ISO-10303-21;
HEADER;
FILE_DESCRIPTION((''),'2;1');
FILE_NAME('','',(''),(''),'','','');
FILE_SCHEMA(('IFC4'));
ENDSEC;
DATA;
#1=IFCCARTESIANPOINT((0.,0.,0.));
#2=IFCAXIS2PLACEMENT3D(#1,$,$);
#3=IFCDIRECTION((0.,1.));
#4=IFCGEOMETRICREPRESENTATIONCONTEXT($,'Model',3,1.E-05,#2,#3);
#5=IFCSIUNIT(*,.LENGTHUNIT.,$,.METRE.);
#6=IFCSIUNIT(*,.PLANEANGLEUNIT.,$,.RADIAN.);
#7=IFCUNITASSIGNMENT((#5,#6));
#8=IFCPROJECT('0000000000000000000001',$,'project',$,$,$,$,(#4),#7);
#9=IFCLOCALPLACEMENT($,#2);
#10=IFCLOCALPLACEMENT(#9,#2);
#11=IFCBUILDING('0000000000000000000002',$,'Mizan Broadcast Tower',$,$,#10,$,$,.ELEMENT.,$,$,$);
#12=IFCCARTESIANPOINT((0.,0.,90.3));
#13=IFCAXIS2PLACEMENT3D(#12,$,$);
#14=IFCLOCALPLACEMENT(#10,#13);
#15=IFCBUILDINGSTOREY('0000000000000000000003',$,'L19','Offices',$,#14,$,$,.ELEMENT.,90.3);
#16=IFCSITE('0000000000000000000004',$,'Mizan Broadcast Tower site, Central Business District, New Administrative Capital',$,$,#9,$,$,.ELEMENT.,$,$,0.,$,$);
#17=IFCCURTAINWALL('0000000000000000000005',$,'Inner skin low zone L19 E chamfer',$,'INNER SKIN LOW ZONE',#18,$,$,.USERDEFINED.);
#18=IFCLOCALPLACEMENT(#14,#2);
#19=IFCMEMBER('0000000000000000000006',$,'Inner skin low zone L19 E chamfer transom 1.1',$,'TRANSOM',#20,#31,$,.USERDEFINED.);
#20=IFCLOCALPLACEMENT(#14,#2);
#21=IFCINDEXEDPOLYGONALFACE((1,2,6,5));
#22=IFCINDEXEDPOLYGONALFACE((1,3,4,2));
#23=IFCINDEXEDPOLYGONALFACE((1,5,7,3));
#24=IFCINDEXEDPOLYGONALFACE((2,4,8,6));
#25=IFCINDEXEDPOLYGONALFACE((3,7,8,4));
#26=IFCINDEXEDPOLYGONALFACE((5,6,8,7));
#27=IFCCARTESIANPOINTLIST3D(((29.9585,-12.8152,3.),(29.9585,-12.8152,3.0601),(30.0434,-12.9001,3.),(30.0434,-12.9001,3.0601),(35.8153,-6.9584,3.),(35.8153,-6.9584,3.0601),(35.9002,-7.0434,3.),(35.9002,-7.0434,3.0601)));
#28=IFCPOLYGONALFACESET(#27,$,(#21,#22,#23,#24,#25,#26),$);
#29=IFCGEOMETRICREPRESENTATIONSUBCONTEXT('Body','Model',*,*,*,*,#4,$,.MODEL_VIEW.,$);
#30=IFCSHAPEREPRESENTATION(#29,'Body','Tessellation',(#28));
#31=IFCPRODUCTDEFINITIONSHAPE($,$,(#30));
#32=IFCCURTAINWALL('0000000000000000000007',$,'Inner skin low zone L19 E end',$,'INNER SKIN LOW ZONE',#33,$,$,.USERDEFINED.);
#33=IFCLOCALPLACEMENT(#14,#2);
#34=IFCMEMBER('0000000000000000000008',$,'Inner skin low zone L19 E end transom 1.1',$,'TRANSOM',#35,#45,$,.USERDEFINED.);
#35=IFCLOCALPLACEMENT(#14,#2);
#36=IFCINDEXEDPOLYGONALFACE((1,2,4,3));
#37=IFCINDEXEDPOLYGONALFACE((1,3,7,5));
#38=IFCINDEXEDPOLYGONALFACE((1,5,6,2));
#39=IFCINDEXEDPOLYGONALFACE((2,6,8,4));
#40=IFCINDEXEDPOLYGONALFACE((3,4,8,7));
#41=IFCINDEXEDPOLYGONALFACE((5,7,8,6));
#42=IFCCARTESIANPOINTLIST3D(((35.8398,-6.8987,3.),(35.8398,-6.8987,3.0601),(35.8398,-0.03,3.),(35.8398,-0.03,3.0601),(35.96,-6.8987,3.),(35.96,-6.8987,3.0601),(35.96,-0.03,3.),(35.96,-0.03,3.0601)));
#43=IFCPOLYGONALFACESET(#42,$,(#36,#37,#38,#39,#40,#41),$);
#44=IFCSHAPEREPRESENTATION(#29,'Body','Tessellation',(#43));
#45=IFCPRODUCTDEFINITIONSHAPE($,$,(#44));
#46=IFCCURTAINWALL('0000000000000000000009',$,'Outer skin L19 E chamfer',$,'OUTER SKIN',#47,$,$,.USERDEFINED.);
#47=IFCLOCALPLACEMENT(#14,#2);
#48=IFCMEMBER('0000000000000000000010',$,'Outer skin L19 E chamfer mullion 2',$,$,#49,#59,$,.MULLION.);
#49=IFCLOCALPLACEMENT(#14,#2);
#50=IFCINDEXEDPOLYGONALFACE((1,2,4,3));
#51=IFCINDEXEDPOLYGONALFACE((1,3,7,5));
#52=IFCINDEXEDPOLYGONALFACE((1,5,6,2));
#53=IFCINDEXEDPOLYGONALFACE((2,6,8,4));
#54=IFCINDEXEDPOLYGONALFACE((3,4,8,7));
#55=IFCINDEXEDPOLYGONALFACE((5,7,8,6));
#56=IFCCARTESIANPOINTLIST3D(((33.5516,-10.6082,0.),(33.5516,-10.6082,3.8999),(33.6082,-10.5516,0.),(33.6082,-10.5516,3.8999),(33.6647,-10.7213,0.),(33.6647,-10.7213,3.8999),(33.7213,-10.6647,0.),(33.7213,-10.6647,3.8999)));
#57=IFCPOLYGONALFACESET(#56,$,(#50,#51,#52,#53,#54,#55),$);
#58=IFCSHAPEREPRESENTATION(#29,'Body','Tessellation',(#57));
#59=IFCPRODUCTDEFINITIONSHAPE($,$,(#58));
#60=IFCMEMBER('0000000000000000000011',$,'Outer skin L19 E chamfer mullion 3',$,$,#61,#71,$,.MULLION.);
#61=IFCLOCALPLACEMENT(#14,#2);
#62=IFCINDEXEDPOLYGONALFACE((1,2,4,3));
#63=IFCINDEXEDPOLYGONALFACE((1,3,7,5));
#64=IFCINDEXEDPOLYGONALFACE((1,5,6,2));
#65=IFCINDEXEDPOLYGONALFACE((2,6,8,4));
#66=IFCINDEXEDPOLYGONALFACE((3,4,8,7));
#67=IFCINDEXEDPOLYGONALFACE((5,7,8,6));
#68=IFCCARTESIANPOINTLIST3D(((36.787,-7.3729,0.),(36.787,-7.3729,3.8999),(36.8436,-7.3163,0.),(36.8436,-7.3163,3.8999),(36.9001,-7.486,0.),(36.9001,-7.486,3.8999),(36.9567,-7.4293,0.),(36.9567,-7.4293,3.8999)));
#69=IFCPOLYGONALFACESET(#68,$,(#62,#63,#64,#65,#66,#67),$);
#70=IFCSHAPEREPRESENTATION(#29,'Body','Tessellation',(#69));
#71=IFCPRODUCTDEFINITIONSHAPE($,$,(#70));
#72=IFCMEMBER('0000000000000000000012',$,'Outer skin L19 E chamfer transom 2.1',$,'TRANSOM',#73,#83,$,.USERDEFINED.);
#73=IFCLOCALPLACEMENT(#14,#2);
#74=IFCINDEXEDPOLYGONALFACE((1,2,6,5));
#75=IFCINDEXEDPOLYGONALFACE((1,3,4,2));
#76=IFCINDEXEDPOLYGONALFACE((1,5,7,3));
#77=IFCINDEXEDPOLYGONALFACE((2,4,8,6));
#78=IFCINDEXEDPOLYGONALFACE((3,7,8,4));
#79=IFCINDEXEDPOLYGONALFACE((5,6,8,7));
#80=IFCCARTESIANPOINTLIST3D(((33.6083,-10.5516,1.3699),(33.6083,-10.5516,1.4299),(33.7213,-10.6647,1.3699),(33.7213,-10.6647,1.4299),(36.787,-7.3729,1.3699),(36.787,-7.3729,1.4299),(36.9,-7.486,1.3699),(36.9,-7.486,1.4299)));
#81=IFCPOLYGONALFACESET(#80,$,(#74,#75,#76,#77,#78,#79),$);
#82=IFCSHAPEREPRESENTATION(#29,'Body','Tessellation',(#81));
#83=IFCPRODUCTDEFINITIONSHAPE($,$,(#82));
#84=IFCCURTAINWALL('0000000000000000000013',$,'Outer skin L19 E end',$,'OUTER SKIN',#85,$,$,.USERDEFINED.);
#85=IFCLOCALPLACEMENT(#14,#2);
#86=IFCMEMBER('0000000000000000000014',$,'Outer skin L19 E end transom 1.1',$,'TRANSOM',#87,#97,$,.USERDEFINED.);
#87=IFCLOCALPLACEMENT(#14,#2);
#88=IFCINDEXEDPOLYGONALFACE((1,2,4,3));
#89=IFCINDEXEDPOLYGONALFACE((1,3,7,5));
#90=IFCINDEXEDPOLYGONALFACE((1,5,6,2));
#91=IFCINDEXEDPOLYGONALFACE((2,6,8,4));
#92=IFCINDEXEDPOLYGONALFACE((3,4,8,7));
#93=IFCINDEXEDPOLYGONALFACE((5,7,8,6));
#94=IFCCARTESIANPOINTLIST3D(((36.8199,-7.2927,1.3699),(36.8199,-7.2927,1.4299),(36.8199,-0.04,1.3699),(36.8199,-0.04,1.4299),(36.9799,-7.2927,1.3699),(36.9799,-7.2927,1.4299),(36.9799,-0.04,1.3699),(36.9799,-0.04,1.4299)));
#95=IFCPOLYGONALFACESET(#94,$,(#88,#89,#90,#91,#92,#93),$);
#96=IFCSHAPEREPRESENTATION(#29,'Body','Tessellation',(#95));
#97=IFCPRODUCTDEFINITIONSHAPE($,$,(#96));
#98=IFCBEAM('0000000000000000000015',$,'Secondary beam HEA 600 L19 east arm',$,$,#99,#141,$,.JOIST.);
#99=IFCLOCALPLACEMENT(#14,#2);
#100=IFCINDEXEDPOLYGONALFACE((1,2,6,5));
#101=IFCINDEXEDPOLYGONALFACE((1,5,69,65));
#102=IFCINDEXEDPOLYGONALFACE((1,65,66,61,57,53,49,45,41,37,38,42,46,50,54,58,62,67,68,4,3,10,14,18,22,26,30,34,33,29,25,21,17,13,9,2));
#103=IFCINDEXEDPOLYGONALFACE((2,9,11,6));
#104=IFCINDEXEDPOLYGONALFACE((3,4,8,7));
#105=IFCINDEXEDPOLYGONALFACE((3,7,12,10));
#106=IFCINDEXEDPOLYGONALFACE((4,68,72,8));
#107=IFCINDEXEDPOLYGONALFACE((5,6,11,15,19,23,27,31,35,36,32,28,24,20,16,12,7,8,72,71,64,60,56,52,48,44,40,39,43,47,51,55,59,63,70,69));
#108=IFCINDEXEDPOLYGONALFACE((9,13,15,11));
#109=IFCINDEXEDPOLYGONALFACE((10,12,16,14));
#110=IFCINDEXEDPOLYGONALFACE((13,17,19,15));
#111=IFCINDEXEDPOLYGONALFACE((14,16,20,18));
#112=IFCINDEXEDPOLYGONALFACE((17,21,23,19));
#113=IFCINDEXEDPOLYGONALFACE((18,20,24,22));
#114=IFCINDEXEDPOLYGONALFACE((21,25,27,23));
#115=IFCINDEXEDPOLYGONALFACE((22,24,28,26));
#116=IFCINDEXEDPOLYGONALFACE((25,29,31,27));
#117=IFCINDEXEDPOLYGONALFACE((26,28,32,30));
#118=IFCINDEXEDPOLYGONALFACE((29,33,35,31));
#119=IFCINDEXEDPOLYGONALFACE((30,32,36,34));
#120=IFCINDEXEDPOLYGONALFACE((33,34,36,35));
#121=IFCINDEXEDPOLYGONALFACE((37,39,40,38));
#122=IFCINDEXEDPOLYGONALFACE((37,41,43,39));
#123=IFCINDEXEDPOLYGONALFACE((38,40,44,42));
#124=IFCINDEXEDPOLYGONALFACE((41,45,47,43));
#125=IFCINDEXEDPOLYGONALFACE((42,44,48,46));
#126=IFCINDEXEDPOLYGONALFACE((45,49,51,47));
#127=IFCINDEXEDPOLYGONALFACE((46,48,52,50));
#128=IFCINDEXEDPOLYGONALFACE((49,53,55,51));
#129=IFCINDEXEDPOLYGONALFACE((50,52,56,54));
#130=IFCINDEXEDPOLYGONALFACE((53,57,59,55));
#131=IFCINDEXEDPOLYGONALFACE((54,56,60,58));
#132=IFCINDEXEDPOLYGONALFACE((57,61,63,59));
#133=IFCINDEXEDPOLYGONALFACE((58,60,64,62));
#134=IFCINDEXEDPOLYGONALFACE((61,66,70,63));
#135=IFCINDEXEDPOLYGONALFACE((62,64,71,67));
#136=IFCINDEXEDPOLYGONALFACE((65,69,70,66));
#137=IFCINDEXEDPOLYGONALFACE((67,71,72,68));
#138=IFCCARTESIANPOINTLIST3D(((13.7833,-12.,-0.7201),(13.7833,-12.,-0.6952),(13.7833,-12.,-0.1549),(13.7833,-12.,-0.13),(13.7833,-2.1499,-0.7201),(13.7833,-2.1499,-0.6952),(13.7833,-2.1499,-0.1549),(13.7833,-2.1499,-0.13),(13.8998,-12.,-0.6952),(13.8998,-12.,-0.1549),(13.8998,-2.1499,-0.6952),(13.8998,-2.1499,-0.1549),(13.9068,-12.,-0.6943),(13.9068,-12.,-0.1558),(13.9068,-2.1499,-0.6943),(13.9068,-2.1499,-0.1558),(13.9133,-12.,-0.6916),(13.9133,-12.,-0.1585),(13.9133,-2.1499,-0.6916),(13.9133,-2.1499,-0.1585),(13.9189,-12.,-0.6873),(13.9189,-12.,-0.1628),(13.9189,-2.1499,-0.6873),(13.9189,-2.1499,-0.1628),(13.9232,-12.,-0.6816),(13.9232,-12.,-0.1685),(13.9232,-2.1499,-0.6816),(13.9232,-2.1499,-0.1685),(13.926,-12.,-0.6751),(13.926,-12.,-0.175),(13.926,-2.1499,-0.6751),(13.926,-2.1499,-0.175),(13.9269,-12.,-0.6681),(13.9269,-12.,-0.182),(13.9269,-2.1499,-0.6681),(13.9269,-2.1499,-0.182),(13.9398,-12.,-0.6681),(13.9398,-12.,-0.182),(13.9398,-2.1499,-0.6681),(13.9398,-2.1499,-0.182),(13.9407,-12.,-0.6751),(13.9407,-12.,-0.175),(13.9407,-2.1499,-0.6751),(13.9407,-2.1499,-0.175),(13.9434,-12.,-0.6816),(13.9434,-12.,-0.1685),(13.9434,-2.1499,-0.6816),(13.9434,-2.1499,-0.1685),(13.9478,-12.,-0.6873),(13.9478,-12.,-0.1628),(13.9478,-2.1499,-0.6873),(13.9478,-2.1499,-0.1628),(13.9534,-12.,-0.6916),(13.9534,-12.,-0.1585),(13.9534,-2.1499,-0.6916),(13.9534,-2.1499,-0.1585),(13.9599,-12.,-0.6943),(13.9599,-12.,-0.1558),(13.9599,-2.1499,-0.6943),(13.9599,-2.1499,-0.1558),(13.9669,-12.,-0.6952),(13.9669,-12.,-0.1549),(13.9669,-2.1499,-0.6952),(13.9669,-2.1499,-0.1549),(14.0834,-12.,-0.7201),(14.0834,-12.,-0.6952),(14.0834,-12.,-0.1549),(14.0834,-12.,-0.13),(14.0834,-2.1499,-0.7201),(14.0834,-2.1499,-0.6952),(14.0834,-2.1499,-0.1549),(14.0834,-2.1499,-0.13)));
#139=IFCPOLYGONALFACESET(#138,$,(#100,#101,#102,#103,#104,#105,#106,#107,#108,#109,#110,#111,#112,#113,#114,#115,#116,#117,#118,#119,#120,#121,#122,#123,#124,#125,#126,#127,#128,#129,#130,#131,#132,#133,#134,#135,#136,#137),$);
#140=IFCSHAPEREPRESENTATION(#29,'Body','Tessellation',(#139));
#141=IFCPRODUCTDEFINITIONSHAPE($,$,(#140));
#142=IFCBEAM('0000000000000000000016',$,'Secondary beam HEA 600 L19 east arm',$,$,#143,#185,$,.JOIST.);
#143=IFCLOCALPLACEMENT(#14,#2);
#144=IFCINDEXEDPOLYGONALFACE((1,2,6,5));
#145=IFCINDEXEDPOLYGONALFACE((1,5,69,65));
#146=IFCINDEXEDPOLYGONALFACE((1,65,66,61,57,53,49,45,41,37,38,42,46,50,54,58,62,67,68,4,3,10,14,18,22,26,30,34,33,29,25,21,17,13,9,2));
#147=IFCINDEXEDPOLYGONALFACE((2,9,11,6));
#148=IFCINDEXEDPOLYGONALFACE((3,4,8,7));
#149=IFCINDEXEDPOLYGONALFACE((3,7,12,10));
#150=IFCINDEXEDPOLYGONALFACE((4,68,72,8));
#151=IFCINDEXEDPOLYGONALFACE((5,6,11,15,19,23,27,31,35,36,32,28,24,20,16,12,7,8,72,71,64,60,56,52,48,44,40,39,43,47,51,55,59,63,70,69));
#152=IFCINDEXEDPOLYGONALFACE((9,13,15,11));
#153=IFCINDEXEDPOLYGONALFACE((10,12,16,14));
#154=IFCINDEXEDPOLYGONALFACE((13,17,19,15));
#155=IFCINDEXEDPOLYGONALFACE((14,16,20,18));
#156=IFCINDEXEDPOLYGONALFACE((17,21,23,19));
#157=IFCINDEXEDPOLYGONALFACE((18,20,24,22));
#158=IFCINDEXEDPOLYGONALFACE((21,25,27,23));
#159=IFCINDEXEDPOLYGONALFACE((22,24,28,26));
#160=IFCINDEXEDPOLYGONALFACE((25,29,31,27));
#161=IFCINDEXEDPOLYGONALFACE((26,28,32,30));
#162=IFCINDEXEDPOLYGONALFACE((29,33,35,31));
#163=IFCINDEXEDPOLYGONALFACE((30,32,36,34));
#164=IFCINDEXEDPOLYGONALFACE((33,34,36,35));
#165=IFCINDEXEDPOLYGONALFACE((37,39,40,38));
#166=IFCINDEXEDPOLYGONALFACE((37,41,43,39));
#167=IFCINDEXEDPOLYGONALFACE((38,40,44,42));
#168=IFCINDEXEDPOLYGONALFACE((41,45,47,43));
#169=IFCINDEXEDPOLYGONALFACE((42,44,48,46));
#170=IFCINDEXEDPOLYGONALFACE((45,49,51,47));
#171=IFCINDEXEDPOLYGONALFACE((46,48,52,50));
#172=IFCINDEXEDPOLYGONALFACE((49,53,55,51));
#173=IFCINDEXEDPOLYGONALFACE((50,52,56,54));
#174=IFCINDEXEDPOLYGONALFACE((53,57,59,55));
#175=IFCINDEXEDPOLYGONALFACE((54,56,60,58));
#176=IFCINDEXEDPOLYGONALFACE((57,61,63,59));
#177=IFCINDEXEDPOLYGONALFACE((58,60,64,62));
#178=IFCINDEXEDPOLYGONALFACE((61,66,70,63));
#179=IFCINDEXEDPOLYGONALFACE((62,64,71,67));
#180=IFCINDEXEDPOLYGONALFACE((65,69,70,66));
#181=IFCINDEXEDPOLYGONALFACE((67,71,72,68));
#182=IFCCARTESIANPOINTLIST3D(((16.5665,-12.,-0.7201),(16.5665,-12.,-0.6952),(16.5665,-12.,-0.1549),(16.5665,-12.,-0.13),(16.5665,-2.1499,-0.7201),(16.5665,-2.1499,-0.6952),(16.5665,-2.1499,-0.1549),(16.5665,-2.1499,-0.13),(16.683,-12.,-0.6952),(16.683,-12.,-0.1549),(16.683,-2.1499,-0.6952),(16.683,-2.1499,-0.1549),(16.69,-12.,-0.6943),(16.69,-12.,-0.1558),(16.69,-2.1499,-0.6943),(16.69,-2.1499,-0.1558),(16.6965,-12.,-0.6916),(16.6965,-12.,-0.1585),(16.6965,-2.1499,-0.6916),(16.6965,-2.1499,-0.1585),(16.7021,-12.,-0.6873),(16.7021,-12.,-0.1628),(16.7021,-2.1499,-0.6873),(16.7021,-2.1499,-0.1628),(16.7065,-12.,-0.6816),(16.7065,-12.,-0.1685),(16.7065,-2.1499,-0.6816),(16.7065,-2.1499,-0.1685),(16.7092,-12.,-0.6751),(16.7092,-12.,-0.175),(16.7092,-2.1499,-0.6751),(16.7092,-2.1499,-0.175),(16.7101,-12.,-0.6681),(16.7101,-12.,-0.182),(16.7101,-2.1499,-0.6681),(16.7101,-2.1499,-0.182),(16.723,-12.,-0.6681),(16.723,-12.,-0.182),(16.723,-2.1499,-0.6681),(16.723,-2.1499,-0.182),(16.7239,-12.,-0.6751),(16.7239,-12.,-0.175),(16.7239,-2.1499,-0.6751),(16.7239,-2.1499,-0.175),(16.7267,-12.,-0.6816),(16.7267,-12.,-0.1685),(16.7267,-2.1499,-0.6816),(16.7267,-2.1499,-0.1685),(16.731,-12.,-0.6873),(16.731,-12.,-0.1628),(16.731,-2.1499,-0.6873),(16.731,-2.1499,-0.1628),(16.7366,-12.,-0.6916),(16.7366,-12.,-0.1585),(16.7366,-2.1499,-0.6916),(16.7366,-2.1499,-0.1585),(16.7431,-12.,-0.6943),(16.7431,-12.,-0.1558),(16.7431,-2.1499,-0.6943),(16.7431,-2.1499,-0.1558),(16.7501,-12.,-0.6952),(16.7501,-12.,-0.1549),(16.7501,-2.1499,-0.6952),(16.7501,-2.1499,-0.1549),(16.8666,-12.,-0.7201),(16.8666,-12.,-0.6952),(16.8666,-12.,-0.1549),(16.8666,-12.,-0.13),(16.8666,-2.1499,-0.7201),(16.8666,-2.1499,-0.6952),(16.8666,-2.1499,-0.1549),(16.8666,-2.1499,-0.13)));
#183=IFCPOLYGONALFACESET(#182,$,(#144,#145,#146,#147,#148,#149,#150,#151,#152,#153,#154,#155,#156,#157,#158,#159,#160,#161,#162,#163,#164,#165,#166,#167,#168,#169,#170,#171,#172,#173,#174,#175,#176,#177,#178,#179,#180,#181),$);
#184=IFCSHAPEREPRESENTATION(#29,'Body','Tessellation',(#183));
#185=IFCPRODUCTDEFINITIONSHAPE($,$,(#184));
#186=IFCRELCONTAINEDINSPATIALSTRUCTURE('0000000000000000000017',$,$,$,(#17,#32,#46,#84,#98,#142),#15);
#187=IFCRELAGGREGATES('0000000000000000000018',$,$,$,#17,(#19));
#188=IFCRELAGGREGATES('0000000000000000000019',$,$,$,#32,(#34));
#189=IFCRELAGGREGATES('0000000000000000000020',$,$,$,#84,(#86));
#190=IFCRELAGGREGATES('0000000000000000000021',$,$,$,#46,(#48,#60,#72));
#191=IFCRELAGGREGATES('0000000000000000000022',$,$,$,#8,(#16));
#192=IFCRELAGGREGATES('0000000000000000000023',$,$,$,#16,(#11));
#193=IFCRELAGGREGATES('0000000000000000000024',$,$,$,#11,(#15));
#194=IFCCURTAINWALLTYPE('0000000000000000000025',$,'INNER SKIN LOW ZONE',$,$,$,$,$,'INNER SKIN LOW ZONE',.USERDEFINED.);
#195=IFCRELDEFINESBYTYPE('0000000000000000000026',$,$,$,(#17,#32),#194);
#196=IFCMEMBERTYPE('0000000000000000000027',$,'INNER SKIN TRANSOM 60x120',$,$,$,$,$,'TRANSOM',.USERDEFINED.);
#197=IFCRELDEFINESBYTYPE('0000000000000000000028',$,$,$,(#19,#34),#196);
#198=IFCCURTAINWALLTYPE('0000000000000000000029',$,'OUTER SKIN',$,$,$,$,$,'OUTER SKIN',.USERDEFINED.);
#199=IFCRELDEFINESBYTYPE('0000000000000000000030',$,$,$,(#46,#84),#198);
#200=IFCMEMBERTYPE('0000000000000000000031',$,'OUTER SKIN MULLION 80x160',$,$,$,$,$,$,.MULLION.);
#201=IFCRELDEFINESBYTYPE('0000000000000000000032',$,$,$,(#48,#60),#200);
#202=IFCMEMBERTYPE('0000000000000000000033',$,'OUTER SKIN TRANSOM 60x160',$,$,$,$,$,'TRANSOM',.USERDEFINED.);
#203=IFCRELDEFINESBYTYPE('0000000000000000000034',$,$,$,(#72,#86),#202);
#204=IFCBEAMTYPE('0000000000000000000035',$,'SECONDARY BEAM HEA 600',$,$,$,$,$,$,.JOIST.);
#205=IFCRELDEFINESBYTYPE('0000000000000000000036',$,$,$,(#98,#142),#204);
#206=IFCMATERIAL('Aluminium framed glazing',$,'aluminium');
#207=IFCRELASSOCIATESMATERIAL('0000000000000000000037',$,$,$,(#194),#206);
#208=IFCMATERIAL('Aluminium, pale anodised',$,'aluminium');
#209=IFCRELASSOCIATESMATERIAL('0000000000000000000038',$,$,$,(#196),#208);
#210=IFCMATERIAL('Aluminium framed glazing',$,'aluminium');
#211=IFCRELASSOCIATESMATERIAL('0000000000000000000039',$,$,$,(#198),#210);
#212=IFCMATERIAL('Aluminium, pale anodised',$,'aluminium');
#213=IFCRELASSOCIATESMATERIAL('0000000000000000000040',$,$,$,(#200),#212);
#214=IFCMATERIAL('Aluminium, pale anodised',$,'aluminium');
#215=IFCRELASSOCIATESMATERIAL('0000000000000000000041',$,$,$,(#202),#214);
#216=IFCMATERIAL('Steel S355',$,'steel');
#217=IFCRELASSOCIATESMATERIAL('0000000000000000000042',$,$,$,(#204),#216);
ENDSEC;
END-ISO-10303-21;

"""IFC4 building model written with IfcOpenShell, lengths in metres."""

from ifc_helpers import new_model, si_unit, direction, frame, origin, origin_2d, place, context, subcontext, project, spatial, rectangle, i_section, extrude, material, material_profile, profile_set, type_object, element, aggregate, save


model = new_model("IFC4")

# Units and contexts
model_context = context("Model", 3, precision=1e-05, world=origin(), true_north=direction((0.0, 1.0)))
body_context = subcontext(model_context, "Body", "Model", "MODEL_VIEW")
ifc_project = project(units=[si_unit("LENGTHUNIT", "METRE"), si_unit("PLANEANGLEUNIT", "RADIAN")], contexts=[model_context])

# Site, building, storey
site_placement = place(None, origin())
site = spatial("IfcSite", under=ifc_project, at=site_placement, Name="Mizan Broadcast Tower site, Central Business District, New Administrative Capital", CompositionType="ELEMENT", RefElevation=0.0)
building_placement = place(site_placement, origin())
building = spatial("IfcBuilding", under=site, at=building_placement, Name="Mizan Broadcast Tower", CompositionType="ELEMENT")
storey_placement = place(building_placement, frame((0.0, 0.0, 90.3)))
storey = spatial("IfcBuildingStorey", under=building, at=storey_placement, Name="L19", Description="Offices", CompositionType="ELEMENT", Elevation=90.3)

# Shared definitions
ifc_material_1 = material(Name="Aluminium framed glazing", Category="aluminium")
curtain_wall_type_1 = type_object("IfcCurtainWallType", Name="INNER SKIN LOW ZONE", ElementType="INNER SKIN LOW ZONE", PredefinedType="USERDEFINED", material=ifc_material_1)

# Curtain wall
curtain_wall_1_placement = place(storey_placement, origin())
curtain_wall_1 = element("IfcCurtainWall", 1, at=curtain_wall_1_placement, inside=storey, type_object=curtain_wall_type_1, Name="Inner skin low zone L19 E chamfer", ObjectType="INNER SKIN LOW ZONE", PredefinedType="USERDEFINED")

# Member
ifc_material_2 = material(Name="Aluminium, pale anodised", Category="aluminium")
ifc_material_profile_1 = material_profile(ifc_material_2, rectangle(XDim=0.1201, YDim=0.0601, at=origin_2d()), Name="TRANSOM 120x60")
ifc_profile_set_1 = profile_set([ifc_material_profile_1], Name="Aluminium, pale anodised")
member_type_1 = type_object("IfcMemberType", Name="INNER SKIN TRANSOM 60x120", ElementType="TRANSOM", PredefinedType="USERDEFINED", material=ifc_profile_set_1)
member_1_placement = place(storey_placement, frame((30.001, -12.8577, 3.03), z_axis=(0.707107, 0.707107, 0.0), x_axis=(-0.707107, 0.707107, 0.0)))
member_1 = element("IfcMember", 2, at=member_1_placement, type_object=member_type_1, Name="Inner skin low zone L19 E chamfer transom 1.1", ObjectType="TRANSOM", PredefinedType="USERDEFINED", context=body_context, shape_type="SweptSolid", body=[
    extrude(rectangle(XDim=0.1201, YDim=0.0601, at=origin_2d()), origin(), (0.0, 0.0, 1.0), 8.2827),
])

# Curtain wall, member
curtain_wall_2_placement = place(storey_placement, origin())
curtain_wall_2 = element("IfcCurtainWall", 3, at=curtain_wall_2_placement, inside=storey, type_object=curtain_wall_type_1, Name="Inner skin low zone L19 E end", ObjectType="INNER SKIN LOW ZONE", PredefinedType="USERDEFINED")
member_2_placement = place(storey_placement, frame((35.8999, -6.8987, 3.03), z_axis=(0.0, 1.0, 0.0), x_axis=(-1.0, 0.0, 0.0)))
member_2 = element("IfcMember", 4, at=member_2_placement, type_object=member_type_1, Name="Inner skin low zone L19 E end transom 1.1", ObjectType="TRANSOM", PredefinedType="USERDEFINED", context=body_context, shape_type="SweptSolid", body=[
    extrude(rectangle(XDim=0.1201, YDim=0.0601, at=origin_2d()), origin(), (0.0, 0.0, 1.0), 6.8687),
])

# Curtain wall, members
ifc_material_3 = material(Name="Aluminium framed glazing", Category="aluminium")
curtain_wall_type_2 = type_object("IfcCurtainWallType", Name="OUTER SKIN", ElementType="OUTER SKIN", PredefinedType="USERDEFINED", material=ifc_material_3)
curtain_wall_3_placement = place(storey_placement, origin())
curtain_wall_3 = element("IfcCurtainWall", 5, at=curtain_wall_3_placement, inside=storey, type_object=curtain_wall_type_2, Name="Outer skin L19 E chamfer", ObjectType="OUTER SKIN", PredefinedType="USERDEFINED")
ifc_material_4 = material(Name="Aluminium, pale anodised", Category="aluminium")
ifc_material_profile_2 = material_profile(ifc_material_4, rectangle(XDim=0.1599, YDim=0.0801, at=origin_2d()), Name="MULLION 160x80")
ifc_profile_set_2 = profile_set([ifc_material_profile_2], Name="Aluminium, pale anodised")
member_type_2 = type_object("IfcMemberType", Name="OUTER SKIN MULLION 80x160", PredefinedType="MULLION", material=ifc_profile_set_2)
member_3_placement = place(storey_placement, frame((33.6365, -10.6365, 0.0), z_axis=(0.0, 0.0, 1.0), x_axis=(-0.707107, 0.707107, 0.0)))
member_3 = element("IfcMember", 6, at=member_3_placement, type_object=member_type_2, Name="Outer skin L19 E chamfer mullion 2", PredefinedType="MULLION", context=body_context, shape_type="SweptSolid", body=[
    extrude(rectangle(XDim=0.1599, YDim=0.0801, at=origin_2d()), origin(), (0.0, 0.0, 1.0), 3.8999),
])
member_4_placement = place(storey_placement, frame((36.8718, -7.4011, 0.0), z_axis=(0.0, 0.0, 1.0), x_axis=(-0.707107, 0.707107, 0.0)))
member_4 = element("IfcMember", 7, at=member_4_placement, type_object=member_type_2, Name="Outer skin L19 E chamfer mullion 3", PredefinedType="MULLION", context=body_context, shape_type="SweptSolid", body=[
    extrude(rectangle(XDim=0.1599, YDim=0.0801, at=origin_2d()), origin(), (0.0, 0.0, 1.0), 3.8999),
])
ifc_material_5 = material(Name="Aluminium, pale anodised", Category="aluminium")
ifc_material_profile_3 = material_profile(ifc_material_5, rectangle(XDim=0.1599, YDim=0.0601, at=origin_2d()), Name="TRANSOM 160x60")
ifc_profile_set_3 = profile_set([ifc_material_profile_3], Name="Aluminium, pale anodised")
member_type_3 = type_object("IfcMemberType", Name="OUTER SKIN TRANSOM 60x160", ElementType="TRANSOM", PredefinedType="USERDEFINED", material=ifc_profile_set_3)
member_5_placement = place(storey_placement, frame((33.6648, -10.6082, 1.3999), z_axis=(0.707107, 0.707107, 0.0), x_axis=(-0.707107, 0.707107, 0.0)))
member_5 = element("IfcMember", 8, at=member_5_placement, type_object=member_type_3, Name="Outer skin L19 E chamfer transom 2.1", ObjectType="TRANSOM", PredefinedType="USERDEFINED", context=body_context, shape_type="SweptSolid", body=[
    extrude(rectangle(XDim=0.1599, YDim=0.0601, at=origin_2d()), origin(), (0.0, 0.0, 1.0), 4.4954),
])

# Curtain wall, member
curtain_wall_4_placement = place(storey_placement, origin())
curtain_wall_4 = element("IfcCurtainWall", 9, at=curtain_wall_4_placement, inside=storey, type_object=curtain_wall_type_2, Name="Outer skin L19 E end", ObjectType="OUTER SKIN", PredefinedType="USERDEFINED")
member_6_placement = place(storey_placement, frame((36.8999, -7.2927, 1.3999), z_axis=(0.0, 1.0, 0.0), x_axis=(-1.0, 0.0, 0.0)))
member_6 = element("IfcMember", 10, at=member_6_placement, type_object=member_type_3, Name="Outer skin L19 E end transom 1.1", ObjectType="TRANSOM", PredefinedType="USERDEFINED", context=body_context, shape_type="SweptSolid", body=[
    extrude(rectangle(XDim=0.1599, YDim=0.0601, at=origin_2d()), origin(), (0.0, 0.0, 1.0), 7.2527),
])

# Beams
ifc_material_6 = material(Name="Steel S355", Category="steel")
ifc_material_profile_4 = material_profile(ifc_material_6, i_section(OverallWidth=0.3, OverallDepth=0.5901, WebThickness=0.0129, FlangeThickness=0.0249, FilletRadius=0.0271, at=origin_2d()), Name="HEA 600")
ifc_profile_set_4 = profile_set([ifc_material_profile_4], Name="Steel S355")
beam_type_1 = type_object("IfcBeamType", Name="SECONDARY BEAM HEA 600", PredefinedType="JOIST", material=ifc_profile_set_4)
for number, where, z_axis, x_axis, name in (
    (11, (13.9333, -12.0, -0.425), (0.0, 1.0, 0.0), (-1.0, 0.0, 0.0), "Secondary beam HEA 600 L19 east arm"),
    (12, (16.7166, -12.0, -0.425), (0.0, 1.0, 0.0), (-1.0, 0.0, 0.0), "Secondary beam HEA 600 L19 east arm"),
):
    element("IfcBeam", number, at=place(storey_placement, frame(where, z_axis=z_axis, x_axis=x_axis)), inside=storey, type_object=beam_type_1, Name=name, PredefinedType="JOIST", context=body_context, shape_type="SweptSolid", body=[
        extrude(i_section(OverallWidth=0.3, OverallDepth=0.5901, WebThickness=0.0129, FlangeThickness=0.0249, FilletRadius=0.0271, at=origin_2d()), origin(), (0.0, 0.0, 1.0), 9.8501),
    ])

aggregate(curtain_wall_1, [member_1])
aggregate(curtain_wall_2, [member_2])
aggregate(curtain_wall_4, [member_6])
aggregate(curtain_wall_3, [member_3, member_4, member_5])

save(model, "model.ifc")
